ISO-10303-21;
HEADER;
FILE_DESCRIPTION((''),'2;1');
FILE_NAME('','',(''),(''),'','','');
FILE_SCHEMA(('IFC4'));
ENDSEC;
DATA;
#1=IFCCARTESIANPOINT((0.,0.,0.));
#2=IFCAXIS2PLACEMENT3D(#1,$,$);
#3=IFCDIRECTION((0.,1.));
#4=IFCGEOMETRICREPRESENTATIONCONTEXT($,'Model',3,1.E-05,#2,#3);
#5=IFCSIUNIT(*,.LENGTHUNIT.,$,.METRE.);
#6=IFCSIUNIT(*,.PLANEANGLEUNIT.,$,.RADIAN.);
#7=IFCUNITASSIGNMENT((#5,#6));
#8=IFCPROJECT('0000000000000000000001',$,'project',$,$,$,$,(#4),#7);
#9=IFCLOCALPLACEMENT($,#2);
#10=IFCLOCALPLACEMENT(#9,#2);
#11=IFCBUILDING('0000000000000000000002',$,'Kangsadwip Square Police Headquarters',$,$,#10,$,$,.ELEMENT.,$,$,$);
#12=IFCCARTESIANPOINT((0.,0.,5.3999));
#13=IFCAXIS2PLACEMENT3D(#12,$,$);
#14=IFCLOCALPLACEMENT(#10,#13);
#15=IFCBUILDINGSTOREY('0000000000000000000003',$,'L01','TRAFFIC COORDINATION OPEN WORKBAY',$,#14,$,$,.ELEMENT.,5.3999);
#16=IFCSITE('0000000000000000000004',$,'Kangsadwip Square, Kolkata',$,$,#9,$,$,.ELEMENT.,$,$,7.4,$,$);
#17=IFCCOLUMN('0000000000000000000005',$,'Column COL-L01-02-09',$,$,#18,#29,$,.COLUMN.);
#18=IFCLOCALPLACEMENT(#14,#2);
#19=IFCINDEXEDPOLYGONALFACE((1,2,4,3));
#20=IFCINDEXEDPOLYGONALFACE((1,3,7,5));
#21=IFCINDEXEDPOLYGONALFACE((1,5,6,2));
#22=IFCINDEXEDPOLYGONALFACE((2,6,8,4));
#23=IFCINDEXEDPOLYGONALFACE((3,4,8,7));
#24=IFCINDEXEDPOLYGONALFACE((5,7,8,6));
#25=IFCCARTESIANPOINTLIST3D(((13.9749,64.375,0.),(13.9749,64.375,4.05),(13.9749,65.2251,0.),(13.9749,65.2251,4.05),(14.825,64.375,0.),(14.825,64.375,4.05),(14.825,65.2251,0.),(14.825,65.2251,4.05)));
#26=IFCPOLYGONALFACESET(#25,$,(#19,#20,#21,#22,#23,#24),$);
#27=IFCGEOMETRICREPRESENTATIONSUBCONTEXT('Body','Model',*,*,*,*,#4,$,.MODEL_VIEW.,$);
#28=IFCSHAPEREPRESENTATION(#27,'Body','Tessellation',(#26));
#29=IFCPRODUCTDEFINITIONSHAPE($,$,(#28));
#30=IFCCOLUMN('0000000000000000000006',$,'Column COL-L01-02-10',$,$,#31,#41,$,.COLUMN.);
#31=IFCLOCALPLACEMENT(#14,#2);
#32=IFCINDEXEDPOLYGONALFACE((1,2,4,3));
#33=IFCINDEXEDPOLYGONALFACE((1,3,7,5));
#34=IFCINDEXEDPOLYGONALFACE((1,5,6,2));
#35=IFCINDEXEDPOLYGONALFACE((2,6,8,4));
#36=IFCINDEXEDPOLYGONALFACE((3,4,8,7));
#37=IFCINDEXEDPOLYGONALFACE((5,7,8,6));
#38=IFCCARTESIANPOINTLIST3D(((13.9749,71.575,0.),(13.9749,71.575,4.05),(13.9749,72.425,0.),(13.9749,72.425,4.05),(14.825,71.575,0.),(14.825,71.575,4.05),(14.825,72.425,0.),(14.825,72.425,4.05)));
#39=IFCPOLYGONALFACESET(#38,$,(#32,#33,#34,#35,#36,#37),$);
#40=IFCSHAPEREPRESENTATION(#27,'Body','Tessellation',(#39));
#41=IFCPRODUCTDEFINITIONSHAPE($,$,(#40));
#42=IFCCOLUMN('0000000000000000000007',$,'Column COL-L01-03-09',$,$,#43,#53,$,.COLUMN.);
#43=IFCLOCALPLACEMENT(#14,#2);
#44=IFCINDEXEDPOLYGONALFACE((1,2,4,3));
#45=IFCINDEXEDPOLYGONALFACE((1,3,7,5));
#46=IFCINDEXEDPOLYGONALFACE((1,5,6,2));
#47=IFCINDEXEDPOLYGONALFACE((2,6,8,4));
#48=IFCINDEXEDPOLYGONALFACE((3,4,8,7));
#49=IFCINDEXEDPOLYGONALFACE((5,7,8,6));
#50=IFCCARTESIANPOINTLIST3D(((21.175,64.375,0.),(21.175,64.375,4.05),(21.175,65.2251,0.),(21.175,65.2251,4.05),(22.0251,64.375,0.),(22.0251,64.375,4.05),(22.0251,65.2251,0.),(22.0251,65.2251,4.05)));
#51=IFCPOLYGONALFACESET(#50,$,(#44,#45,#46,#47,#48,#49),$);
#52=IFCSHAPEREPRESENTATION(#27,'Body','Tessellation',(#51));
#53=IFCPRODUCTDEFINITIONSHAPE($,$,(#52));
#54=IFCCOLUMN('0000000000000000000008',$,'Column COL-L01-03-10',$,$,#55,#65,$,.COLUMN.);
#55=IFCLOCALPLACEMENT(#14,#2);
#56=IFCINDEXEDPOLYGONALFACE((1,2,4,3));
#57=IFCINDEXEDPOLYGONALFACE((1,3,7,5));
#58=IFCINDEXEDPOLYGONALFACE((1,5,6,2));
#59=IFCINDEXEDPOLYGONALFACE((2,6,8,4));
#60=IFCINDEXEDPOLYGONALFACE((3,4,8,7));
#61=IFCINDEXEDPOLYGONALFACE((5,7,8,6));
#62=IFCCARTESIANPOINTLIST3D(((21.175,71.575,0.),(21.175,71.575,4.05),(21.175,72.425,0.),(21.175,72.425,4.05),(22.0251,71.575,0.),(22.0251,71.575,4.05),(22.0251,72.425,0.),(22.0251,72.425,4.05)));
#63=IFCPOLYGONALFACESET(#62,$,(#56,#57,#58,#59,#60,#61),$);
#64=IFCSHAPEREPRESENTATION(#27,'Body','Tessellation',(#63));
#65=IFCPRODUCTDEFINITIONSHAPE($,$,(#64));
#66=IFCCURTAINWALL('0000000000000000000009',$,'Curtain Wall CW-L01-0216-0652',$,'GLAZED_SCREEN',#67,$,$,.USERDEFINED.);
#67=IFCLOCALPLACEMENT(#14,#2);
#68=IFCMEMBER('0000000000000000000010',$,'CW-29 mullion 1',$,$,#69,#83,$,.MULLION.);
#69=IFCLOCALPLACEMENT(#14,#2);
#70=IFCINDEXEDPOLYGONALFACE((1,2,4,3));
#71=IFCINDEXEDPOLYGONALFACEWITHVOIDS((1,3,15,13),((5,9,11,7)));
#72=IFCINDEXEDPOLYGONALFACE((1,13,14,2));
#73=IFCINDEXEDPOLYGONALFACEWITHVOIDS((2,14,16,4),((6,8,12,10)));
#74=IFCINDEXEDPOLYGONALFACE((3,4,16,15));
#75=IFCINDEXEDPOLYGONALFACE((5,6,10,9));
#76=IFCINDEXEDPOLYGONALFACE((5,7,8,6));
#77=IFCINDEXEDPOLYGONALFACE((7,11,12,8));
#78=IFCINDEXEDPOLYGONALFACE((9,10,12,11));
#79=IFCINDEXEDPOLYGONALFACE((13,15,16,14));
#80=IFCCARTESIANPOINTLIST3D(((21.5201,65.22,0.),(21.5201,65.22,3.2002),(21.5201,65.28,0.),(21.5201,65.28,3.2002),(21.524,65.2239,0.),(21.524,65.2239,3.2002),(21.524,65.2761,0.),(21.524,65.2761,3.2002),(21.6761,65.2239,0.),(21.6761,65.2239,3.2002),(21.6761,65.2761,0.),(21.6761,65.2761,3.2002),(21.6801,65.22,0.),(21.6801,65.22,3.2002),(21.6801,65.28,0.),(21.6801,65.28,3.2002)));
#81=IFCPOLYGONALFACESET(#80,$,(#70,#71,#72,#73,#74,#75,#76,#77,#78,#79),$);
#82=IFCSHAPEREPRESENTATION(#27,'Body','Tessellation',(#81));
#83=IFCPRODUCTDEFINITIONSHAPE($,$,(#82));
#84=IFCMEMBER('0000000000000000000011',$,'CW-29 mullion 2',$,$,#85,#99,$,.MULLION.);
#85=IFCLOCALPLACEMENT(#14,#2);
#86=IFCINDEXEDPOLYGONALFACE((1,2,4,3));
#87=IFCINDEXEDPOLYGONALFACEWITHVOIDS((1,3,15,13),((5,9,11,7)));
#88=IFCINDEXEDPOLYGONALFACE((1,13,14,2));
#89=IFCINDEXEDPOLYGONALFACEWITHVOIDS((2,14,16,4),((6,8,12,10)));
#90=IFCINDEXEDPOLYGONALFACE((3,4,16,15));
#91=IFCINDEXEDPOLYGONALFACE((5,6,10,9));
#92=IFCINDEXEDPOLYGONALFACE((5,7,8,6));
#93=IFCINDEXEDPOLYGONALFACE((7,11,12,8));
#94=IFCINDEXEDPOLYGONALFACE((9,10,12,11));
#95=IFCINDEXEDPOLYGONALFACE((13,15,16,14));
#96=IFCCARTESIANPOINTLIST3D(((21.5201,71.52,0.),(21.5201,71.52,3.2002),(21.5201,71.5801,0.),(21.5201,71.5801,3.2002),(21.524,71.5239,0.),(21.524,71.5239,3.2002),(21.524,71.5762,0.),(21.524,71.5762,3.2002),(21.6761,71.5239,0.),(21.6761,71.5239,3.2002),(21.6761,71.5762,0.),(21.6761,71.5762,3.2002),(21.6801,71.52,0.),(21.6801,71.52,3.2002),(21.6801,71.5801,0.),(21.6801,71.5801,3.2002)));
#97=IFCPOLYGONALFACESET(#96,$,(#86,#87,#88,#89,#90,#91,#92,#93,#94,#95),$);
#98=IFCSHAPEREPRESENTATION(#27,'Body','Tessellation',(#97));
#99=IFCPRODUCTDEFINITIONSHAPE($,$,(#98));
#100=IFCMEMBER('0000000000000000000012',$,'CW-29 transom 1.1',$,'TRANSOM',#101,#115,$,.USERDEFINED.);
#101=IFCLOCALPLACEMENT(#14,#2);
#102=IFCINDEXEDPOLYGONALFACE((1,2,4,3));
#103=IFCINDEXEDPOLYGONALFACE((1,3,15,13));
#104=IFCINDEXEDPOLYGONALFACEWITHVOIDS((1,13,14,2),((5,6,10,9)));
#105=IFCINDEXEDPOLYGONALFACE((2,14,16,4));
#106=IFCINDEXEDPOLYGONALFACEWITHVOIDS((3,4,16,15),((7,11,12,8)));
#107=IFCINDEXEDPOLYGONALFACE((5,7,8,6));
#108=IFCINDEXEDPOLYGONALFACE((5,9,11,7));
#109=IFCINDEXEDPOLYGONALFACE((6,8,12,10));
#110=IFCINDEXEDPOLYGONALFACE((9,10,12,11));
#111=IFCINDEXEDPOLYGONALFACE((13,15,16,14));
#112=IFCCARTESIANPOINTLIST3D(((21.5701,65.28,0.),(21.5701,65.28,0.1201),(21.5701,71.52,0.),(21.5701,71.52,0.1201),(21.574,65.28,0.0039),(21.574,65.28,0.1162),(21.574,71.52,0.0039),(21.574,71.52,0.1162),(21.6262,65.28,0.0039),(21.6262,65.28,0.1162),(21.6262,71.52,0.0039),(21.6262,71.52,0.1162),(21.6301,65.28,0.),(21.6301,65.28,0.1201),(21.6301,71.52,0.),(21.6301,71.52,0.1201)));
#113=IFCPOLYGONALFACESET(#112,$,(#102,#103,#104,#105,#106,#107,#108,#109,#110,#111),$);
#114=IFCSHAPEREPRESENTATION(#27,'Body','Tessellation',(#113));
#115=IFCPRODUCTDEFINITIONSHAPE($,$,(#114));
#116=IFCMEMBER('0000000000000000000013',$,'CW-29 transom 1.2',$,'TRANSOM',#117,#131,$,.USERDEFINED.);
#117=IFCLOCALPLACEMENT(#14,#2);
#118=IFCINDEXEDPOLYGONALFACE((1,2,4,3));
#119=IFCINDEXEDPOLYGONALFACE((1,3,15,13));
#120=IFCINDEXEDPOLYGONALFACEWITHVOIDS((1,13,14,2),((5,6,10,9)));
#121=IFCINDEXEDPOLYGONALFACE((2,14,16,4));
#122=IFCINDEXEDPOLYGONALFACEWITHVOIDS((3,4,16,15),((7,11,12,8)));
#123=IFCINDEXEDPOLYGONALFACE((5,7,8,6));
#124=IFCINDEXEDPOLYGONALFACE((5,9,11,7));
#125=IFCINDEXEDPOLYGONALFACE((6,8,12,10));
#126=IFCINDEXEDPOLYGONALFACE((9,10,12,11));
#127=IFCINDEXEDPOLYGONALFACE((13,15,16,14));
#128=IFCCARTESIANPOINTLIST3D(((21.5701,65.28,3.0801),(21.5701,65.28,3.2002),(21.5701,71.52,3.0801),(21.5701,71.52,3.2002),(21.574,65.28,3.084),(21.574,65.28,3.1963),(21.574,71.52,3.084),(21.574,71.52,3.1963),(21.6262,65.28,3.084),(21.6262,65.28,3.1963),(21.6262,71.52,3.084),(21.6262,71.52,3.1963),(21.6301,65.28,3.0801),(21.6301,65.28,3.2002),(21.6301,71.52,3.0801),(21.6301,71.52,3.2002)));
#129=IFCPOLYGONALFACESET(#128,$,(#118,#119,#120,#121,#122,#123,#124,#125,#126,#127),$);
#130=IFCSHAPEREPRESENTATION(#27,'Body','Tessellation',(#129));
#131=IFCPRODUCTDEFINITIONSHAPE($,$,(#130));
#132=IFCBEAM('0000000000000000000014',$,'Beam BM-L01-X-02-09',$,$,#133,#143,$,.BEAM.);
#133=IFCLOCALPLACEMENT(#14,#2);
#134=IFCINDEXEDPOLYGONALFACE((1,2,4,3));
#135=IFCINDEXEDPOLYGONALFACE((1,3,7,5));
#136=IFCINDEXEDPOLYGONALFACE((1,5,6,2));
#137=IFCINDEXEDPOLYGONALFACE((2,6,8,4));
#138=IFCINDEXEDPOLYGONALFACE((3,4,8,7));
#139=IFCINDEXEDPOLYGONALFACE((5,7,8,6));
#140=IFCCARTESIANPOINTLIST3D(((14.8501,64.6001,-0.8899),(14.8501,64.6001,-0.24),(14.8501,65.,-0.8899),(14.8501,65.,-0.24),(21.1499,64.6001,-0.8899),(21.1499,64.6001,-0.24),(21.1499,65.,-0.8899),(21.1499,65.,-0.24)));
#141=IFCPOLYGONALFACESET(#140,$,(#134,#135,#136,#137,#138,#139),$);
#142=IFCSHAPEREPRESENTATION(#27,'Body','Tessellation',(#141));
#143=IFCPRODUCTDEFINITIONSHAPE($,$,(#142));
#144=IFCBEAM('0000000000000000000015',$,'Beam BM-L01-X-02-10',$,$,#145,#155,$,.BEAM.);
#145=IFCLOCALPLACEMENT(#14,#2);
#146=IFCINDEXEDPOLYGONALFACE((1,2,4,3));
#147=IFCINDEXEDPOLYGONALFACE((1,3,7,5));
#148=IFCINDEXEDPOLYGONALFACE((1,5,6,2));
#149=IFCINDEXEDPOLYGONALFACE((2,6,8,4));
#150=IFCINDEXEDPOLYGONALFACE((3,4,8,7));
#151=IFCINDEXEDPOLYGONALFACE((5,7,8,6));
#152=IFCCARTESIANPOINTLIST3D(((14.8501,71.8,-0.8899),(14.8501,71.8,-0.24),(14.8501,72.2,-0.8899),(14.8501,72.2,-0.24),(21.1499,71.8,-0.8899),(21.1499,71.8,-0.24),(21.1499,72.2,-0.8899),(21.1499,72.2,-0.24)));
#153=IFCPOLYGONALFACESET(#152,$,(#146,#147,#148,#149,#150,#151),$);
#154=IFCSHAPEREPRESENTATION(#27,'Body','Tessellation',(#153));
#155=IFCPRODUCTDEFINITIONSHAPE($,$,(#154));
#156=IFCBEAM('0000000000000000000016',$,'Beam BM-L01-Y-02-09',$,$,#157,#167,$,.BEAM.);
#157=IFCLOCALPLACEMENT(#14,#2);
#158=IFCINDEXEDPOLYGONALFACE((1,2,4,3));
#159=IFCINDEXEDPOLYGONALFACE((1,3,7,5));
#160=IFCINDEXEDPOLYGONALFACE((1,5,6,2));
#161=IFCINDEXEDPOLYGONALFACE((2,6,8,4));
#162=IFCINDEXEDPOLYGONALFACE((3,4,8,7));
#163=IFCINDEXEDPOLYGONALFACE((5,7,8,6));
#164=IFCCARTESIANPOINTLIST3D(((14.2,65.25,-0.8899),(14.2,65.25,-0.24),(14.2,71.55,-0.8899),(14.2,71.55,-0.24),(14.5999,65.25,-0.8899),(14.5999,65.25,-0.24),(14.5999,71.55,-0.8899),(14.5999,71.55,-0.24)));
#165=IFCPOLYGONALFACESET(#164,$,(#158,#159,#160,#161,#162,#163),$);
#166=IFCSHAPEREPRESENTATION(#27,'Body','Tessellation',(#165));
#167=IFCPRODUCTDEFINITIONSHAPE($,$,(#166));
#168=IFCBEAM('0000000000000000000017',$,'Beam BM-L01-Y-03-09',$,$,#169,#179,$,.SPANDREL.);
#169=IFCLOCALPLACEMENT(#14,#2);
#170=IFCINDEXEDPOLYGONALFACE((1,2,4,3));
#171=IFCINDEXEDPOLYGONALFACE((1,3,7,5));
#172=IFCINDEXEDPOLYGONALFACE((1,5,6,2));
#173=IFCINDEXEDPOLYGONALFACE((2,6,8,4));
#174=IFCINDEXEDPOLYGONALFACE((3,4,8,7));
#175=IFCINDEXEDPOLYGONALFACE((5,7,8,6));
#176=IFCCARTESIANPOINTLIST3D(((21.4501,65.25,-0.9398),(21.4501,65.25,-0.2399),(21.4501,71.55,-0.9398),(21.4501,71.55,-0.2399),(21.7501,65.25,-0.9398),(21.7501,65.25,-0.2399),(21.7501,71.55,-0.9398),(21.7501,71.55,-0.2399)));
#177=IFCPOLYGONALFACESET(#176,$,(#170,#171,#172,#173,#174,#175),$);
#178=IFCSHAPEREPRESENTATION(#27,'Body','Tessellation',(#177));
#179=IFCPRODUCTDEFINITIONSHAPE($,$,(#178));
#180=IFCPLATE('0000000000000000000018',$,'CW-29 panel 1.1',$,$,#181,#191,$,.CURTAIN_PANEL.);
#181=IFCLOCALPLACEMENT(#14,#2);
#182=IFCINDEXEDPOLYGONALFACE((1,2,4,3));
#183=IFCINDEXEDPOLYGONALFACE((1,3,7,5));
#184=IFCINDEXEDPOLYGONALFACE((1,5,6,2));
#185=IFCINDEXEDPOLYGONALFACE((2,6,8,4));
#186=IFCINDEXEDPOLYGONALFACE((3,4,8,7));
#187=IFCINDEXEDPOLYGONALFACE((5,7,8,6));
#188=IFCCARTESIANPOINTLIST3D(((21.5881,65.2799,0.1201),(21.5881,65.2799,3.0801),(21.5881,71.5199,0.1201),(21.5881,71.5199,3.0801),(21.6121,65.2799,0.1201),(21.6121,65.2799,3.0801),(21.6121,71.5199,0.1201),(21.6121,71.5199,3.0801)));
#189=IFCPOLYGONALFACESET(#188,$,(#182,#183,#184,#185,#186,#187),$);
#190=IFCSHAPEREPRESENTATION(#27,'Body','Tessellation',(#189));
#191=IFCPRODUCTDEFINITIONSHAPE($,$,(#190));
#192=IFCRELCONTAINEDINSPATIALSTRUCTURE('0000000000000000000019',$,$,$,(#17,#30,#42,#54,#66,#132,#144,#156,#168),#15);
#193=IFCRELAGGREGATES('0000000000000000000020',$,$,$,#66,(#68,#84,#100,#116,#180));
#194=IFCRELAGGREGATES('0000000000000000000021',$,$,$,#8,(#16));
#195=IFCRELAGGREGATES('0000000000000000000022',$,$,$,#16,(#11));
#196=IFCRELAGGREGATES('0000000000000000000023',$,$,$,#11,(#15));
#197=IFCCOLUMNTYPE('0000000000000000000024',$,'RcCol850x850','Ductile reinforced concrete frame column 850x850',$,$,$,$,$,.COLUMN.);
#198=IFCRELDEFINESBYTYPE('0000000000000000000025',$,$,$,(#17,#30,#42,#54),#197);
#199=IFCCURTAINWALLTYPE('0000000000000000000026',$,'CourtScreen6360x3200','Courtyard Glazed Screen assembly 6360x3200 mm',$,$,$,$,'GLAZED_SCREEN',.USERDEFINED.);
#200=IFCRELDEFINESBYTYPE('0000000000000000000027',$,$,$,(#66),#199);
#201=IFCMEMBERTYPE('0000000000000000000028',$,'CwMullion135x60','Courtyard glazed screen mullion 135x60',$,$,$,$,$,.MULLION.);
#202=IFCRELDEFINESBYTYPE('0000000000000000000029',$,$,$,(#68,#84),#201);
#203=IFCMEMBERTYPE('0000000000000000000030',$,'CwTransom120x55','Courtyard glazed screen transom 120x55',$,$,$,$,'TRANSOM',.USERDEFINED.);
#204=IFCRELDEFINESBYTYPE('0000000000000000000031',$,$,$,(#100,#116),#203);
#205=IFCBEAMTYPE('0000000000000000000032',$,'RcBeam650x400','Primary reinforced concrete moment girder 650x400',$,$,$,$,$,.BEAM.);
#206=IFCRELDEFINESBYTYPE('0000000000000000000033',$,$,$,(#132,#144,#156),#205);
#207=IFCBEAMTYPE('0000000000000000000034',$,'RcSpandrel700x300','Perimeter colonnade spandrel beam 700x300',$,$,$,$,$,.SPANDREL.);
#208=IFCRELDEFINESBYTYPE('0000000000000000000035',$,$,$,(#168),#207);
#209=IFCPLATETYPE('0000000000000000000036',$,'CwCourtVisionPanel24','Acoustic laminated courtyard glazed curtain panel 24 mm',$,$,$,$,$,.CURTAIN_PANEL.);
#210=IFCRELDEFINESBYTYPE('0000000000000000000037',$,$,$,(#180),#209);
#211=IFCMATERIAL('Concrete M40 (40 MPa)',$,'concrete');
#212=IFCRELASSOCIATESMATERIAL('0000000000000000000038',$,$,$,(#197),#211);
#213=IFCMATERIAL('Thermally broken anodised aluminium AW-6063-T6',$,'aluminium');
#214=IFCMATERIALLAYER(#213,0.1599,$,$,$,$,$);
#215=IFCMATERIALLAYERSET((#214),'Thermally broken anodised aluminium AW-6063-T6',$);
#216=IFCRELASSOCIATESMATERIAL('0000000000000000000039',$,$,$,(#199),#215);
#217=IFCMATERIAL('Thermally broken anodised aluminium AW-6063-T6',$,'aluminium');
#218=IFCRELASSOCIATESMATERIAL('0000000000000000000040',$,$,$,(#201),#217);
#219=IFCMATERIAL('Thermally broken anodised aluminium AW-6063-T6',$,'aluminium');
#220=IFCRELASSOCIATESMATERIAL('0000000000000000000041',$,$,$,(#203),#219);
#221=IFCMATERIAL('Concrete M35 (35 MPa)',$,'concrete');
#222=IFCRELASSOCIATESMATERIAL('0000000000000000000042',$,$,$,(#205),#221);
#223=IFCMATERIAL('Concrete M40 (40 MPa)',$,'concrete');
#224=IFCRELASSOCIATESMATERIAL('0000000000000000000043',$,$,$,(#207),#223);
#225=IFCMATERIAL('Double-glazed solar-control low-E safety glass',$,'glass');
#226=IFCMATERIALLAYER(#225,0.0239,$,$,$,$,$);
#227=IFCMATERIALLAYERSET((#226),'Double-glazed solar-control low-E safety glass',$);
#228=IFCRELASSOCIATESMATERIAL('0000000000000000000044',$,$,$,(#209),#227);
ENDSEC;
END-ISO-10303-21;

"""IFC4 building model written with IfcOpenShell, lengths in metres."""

from ifc_helpers import new_model, si_unit, direction, frame, origin, origin_2d, place, context, subcontext, project, spatial, rectangle, hollow_rectangle, extrude, material, layer, layer_set, material_profile, profile_set, type_object, element, aggregate, save


model = new_model("IFC4")

# Units and contexts
model_context = context("Model", 3, precision=1e-05, world=origin(), true_north=direction((0.0, 1.0)))
body_context = subcontext(model_context, "Body", "Model", "MODEL_VIEW")
ifc_project = project(units=[si_unit("LENGTHUNIT", "METRE"), si_unit("PLANEANGLEUNIT", "RADIAN")], contexts=[model_context])

# Site, building, storey
site_placement = place(None, origin())
site = spatial("IfcSite", under=ifc_project, at=site_placement, Name="Kangsadwip Square, Kolkata", CompositionType="ELEMENT", RefElevation=7.4)
building_placement = place(site_placement, origin())
building = spatial("IfcBuilding", under=site, at=building_placement, Name="Kangsadwip Square Police Headquarters", CompositionType="ELEMENT")
storey_placement = place(building_placement, frame((0.0, 0.0, 5.3999)))
storey = spatial("IfcBuildingStorey", under=building, at=storey_placement, Name="L01", Description="TRAFFIC COORDINATION OPEN WORKBAY", CompositionType="ELEMENT", Elevation=5.3999)

# Columns
ifc_material_1 = material(Name="Concrete M40 (40 MPa)", Category="concrete")
ifc_material_profile_1 = material_profile(ifc_material_1, rectangle(XDim=0.8501, YDim=0.8501, at=origin_2d()), Name="RC COL 850X850")
ifc_profile_set_1 = profile_set([ifc_material_profile_1], Name="Concrete M40 (40 MPa)")
column_type = type_object("IfcColumnType", Name="RcCol850x850", Description="Ductile reinforced concrete frame column 850x850", PredefinedType="COLUMN", material=ifc_profile_set_1)
for number, where, z_axis, x_axis, name in (
    (1, (14.3999, 64.8, 0.0), (0.0, 0.0, 1.0), (1.0, 0.0, 0.0), "Column COL-L01-02-09"),
    (2, (14.3999, 72.0, 0.0), (0.0, 0.0, 1.0), (1.0, 0.0, 0.0), "Column COL-L01-02-10"),
    (3, (21.6001, 64.8, 0.0), (0.0, 0.0, 1.0), (1.0, 0.0, 0.0), "Column COL-L01-03-09"),
    (4, (21.6001, 72.0, 0.0), (0.0, 0.0, 1.0), (1.0, 0.0, 0.0), "Column COL-L01-03-10"),
):
    element("IfcColumn", number, at=place(storey_placement, frame(where, z_axis=z_axis, x_axis=x_axis)), inside=storey, type_object=column_type, Name=name, PredefinedType="COLUMN", context=body_context, shape_type="SweptSolid", body=[
        extrude(rectangle(XDim=0.8501, YDim=0.8501, at=origin_2d()), origin(), (0.0, 0.0, 1.0), 4.05),
    ])

# Curtain wall, members
ifc_material_2 = material(Name="Thermally broken anodised aluminium AW-6063-T6", Category="aluminium")
ifc_layer_1 = layer(ifc_material_2, 0.1599)
ifc_layer_set_1 = layer_set([ifc_layer_1], Name="Thermally broken anodised aluminium AW-6063-T6")
curtain_wall_type = type_object("IfcCurtainWallType", Name="CourtScreen6360x3200", Description="Courtyard Glazed Screen assembly 6360x3200 mm", ElementType="GLAZED_SCREEN", PredefinedType="USERDEFINED", material=ifc_layer_set_1)
curtain_wall_placement = place(storey_placement, origin())
curtain_wall = element("IfcCurtainWall", 5, at=curtain_wall_placement, inside=storey, type_object=curtain_wall_type, Name="Curtain Wall CW-L01-0216-0652", ObjectType="GLAZED_SCREEN", PredefinedType="USERDEFINED")
ifc_material_3 = material(Name="Thermally broken anodised aluminium AW-6063-T6", Category="aluminium")
ifc_material_profile_2 = material_profile(ifc_material_3, hollow_rectangle(XDim=0.0601, YDim=0.1599, WallThickness=0.0039, at=origin_2d()), Name="CWM 160X60X4")
ifc_profile_set_2 = profile_set([ifc_material_profile_2], Name="Thermally broken anodised aluminium AW-6063-T6")
member_type_1 = type_object("IfcMemberType", Name="CwMullion135x60", Description="Courtyard glazed screen mullion 135x60", PredefinedType="MULLION", material=ifc_profile_set_2)
member_1_placement = place(storey_placement, frame((21.6001, 65.25, 0.0), z_axis=(0.0, 0.0, 1.0), x_axis=(0.0, 1.0, 0.0)))
member_1 = element("IfcMember", 6, at=member_1_placement, type_object=member_type_1, Name="CW-29 mullion 1", PredefinedType="MULLION", context=body_context, shape_type="SweptSolid", body=[
    extrude(hollow_rectangle(XDim=0.0601, YDim=0.1599, WallThickness=0.0039, at=origin_2d()), origin(), (0.0, 0.0, 1.0), 3.2002),
])
member_2_placement = place(storey_placement, frame((21.6001, 71.55, 0.0), z_axis=(0.0, 0.0, 1.0), x_axis=(0.0, 1.0, 0.0)))
member_2 = element("IfcMember", 7, at=member_2_placement, type_object=member_type_1, Name="CW-29 mullion 2", PredefinedType="MULLION", context=body_context, shape_type="SweptSolid", body=[
    extrude(hollow_rectangle(XDim=0.0601, YDim=0.1599, WallThickness=0.0039, at=origin_2d()), origin(), (0.0, 0.0, 1.0), 3.2002),
])
ifc_material_4 = material(Name="Thermally broken anodised aluminium AW-6063-T6", Category="aluminium")
ifc_material_profile_3 = material_profile(ifc_material_4, hollow_rectangle(XDim=0.0601, YDim=0.1201, WallThickness=0.0039, at=origin_2d()), Name="CWT 120X60X4")
ifc_profile_set_3 = profile_set([ifc_material_profile_3], Name="Thermally broken anodised aluminium AW-6063-T6")
member_type_2 = type_object("IfcMemberType", Name="CwTransom120x55", Description="Courtyard glazed screen transom 120x55", ElementType="TRANSOM", PredefinedType="USERDEFINED", material=ifc_profile_set_3)
member_3_placement = place(storey_placement, frame((21.6001, 65.28, 0.0601), z_axis=(0.0, 1.0, 0.0), x_axis=(-1.0, 0.0, 0.0)))
member_3 = element("IfcMember", 8, at=member_3_placement, type_object=member_type_2, Name="CW-29 transom 1.1", ObjectType="TRANSOM", PredefinedType="USERDEFINED", context=body_context, shape_type="SweptSolid", body=[
    extrude(hollow_rectangle(XDim=0.0601, YDim=0.1201, WallThickness=0.0039, at=origin_2d()), origin(), (0.0, 0.0, 1.0), 6.24),
])
member_4_placement = place(storey_placement, frame((21.6001, 65.28, 3.1401), z_axis=(0.0, 1.0, 0.0), x_axis=(-1.0, 0.0, 0.0)))
member_4 = element("IfcMember", 9, at=member_4_placement, type_object=member_type_2, Name="CW-29 transom 1.2", ObjectType="TRANSOM", PredefinedType="USERDEFINED", context=body_context, shape_type="SweptSolid", body=[
    extrude(hollow_rectangle(XDim=0.0601, YDim=0.1201, WallThickness=0.0039, at=origin_2d()), origin(), (0.0, 0.0, 1.0), 6.24),
])

# Beams
ifc_material_5 = material(Name="Concrete M35 (35 MPa)", Category="concrete")
ifc_material_profile_4 = material_profile(ifc_material_5, rectangle(XDim=0.3999, YDim=0.6499, at=origin_2d()), Name="RC BM 650X400")
ifc_profile_set_4 = profile_set([ifc_material_profile_4], Name="Concrete M35 (35 MPa)")
beam_type_1 = type_object("IfcBeamType", Name="RcBeam650x400", Description="Primary reinforced concrete moment girder 650x400", PredefinedType="BEAM", material=ifc_profile_set_4)
for number, where, z_axis, x_axis, name in (
    (10, (14.8501, 64.8, -0.5649), (1.0, 0.0, 0.0), (0.0, 1.0, 0.0), "Beam BM-L01-X-02-09"),
    (11, (14.8501, 72.0, -0.5649), (1.0, 0.0, 0.0), (0.0, 1.0, 0.0), "Beam BM-L01-X-02-10"),
):
    element("IfcBeam", number, at=place(storey_placement, frame(where, z_axis=z_axis, x_axis=x_axis)), inside=storey, type_object=beam_type_1, Name=name, PredefinedType="BEAM", context=body_context, shape_type="SweptSolid", body=[
        extrude(rectangle(XDim=0.3999, YDim=0.6499, at=origin_2d()), origin(), (0.0, 0.0, 1.0), 6.2998),
    ])
beam_1_placement = place(storey_placement, frame((14.3999, 65.25, -0.5649), z_axis=(0.0, 1.0, 0.0), x_axis=(-1.0, 0.0, 0.0)))
element("IfcBeam", 12, at=beam_1_placement, inside=storey, type_object=beam_type_1, Name="Beam BM-L01-Y-02-09", PredefinedType="BEAM", context=body_context, shape_type="SweptSolid", body=[
    extrude(rectangle(XDim=0.3999, YDim=0.6499, at=origin_2d()), origin(), (0.0, 0.0, 1.0), 6.3),
])
ifc_material_6 = material(Name="Concrete M40 (40 MPa)", Category="concrete")
ifc_material_profile_5 = material_profile(ifc_material_6, rectangle(XDim=0.3, YDim=0.7, at=origin_2d()), Name="RC SPN 700X300")
ifc_profile_set_5 = profile_set([ifc_material_profile_5], Name="Concrete M40 (40 MPa)")
beam_type_2 = type_object("IfcBeamType", Name="RcSpandrel700x300", Description="Perimeter colonnade spandrel beam 700x300", PredefinedType="SPANDREL", material=ifc_profile_set_5)
beam_2_placement = place(storey_placement, frame((21.6001, 65.25, -0.5898), z_axis=(0.0, 1.0, 0.0), x_axis=(-1.0, 0.0, 0.0)))
element("IfcBeam", 13, at=beam_2_placement, inside=storey, type_object=beam_type_2, Name="Beam BM-L01-Y-03-09", PredefinedType="SPANDREL", context=body_context, shape_type="SweptSolid", body=[
    extrude(rectangle(XDim=0.3, YDim=0.7, at=origin_2d()), origin(), (0.0, 0.0, 1.0), 6.3),
])

# Plate
ifc_material_7 = material(Name="Double-glazed solar-control low-E safety glass", Category="glass")
ifc_layer_2 = layer(ifc_material_7, 0.0239)
ifc_layer_set_2 = layer_set([ifc_layer_2], Name="Double-glazed solar-control low-E safety glass")
plate_type = type_object("IfcPlateType", Name="CwCourtVisionPanel24", Description="Acoustic laminated courtyard glazed curtain panel 24 mm", PredefinedType="CURTAIN_PANEL", material=ifc_layer_set_2)
plate_placement = place(storey_placement, frame((21.6001, 68.3999, 0.1201), z_axis=(0.0, 0.0, 1.0), x_axis=(0.0, 1.0, 0.0)))
plate = element("IfcPlate", 14, at=plate_placement, type_object=plate_type, Name="CW-29 panel 1.1", PredefinedType="CURTAIN_PANEL", context=body_context, shape_type="SweptSolid", body=[
    extrude(rectangle(XDim=6.24, YDim=0.0239, at=origin_2d()), origin(), (0.0, 0.0, 1.0), 2.96),
])
aggregate(curtain_wall, [member_1, member_2, member_3, member_4, plate])

save(model, "model.ifc")
